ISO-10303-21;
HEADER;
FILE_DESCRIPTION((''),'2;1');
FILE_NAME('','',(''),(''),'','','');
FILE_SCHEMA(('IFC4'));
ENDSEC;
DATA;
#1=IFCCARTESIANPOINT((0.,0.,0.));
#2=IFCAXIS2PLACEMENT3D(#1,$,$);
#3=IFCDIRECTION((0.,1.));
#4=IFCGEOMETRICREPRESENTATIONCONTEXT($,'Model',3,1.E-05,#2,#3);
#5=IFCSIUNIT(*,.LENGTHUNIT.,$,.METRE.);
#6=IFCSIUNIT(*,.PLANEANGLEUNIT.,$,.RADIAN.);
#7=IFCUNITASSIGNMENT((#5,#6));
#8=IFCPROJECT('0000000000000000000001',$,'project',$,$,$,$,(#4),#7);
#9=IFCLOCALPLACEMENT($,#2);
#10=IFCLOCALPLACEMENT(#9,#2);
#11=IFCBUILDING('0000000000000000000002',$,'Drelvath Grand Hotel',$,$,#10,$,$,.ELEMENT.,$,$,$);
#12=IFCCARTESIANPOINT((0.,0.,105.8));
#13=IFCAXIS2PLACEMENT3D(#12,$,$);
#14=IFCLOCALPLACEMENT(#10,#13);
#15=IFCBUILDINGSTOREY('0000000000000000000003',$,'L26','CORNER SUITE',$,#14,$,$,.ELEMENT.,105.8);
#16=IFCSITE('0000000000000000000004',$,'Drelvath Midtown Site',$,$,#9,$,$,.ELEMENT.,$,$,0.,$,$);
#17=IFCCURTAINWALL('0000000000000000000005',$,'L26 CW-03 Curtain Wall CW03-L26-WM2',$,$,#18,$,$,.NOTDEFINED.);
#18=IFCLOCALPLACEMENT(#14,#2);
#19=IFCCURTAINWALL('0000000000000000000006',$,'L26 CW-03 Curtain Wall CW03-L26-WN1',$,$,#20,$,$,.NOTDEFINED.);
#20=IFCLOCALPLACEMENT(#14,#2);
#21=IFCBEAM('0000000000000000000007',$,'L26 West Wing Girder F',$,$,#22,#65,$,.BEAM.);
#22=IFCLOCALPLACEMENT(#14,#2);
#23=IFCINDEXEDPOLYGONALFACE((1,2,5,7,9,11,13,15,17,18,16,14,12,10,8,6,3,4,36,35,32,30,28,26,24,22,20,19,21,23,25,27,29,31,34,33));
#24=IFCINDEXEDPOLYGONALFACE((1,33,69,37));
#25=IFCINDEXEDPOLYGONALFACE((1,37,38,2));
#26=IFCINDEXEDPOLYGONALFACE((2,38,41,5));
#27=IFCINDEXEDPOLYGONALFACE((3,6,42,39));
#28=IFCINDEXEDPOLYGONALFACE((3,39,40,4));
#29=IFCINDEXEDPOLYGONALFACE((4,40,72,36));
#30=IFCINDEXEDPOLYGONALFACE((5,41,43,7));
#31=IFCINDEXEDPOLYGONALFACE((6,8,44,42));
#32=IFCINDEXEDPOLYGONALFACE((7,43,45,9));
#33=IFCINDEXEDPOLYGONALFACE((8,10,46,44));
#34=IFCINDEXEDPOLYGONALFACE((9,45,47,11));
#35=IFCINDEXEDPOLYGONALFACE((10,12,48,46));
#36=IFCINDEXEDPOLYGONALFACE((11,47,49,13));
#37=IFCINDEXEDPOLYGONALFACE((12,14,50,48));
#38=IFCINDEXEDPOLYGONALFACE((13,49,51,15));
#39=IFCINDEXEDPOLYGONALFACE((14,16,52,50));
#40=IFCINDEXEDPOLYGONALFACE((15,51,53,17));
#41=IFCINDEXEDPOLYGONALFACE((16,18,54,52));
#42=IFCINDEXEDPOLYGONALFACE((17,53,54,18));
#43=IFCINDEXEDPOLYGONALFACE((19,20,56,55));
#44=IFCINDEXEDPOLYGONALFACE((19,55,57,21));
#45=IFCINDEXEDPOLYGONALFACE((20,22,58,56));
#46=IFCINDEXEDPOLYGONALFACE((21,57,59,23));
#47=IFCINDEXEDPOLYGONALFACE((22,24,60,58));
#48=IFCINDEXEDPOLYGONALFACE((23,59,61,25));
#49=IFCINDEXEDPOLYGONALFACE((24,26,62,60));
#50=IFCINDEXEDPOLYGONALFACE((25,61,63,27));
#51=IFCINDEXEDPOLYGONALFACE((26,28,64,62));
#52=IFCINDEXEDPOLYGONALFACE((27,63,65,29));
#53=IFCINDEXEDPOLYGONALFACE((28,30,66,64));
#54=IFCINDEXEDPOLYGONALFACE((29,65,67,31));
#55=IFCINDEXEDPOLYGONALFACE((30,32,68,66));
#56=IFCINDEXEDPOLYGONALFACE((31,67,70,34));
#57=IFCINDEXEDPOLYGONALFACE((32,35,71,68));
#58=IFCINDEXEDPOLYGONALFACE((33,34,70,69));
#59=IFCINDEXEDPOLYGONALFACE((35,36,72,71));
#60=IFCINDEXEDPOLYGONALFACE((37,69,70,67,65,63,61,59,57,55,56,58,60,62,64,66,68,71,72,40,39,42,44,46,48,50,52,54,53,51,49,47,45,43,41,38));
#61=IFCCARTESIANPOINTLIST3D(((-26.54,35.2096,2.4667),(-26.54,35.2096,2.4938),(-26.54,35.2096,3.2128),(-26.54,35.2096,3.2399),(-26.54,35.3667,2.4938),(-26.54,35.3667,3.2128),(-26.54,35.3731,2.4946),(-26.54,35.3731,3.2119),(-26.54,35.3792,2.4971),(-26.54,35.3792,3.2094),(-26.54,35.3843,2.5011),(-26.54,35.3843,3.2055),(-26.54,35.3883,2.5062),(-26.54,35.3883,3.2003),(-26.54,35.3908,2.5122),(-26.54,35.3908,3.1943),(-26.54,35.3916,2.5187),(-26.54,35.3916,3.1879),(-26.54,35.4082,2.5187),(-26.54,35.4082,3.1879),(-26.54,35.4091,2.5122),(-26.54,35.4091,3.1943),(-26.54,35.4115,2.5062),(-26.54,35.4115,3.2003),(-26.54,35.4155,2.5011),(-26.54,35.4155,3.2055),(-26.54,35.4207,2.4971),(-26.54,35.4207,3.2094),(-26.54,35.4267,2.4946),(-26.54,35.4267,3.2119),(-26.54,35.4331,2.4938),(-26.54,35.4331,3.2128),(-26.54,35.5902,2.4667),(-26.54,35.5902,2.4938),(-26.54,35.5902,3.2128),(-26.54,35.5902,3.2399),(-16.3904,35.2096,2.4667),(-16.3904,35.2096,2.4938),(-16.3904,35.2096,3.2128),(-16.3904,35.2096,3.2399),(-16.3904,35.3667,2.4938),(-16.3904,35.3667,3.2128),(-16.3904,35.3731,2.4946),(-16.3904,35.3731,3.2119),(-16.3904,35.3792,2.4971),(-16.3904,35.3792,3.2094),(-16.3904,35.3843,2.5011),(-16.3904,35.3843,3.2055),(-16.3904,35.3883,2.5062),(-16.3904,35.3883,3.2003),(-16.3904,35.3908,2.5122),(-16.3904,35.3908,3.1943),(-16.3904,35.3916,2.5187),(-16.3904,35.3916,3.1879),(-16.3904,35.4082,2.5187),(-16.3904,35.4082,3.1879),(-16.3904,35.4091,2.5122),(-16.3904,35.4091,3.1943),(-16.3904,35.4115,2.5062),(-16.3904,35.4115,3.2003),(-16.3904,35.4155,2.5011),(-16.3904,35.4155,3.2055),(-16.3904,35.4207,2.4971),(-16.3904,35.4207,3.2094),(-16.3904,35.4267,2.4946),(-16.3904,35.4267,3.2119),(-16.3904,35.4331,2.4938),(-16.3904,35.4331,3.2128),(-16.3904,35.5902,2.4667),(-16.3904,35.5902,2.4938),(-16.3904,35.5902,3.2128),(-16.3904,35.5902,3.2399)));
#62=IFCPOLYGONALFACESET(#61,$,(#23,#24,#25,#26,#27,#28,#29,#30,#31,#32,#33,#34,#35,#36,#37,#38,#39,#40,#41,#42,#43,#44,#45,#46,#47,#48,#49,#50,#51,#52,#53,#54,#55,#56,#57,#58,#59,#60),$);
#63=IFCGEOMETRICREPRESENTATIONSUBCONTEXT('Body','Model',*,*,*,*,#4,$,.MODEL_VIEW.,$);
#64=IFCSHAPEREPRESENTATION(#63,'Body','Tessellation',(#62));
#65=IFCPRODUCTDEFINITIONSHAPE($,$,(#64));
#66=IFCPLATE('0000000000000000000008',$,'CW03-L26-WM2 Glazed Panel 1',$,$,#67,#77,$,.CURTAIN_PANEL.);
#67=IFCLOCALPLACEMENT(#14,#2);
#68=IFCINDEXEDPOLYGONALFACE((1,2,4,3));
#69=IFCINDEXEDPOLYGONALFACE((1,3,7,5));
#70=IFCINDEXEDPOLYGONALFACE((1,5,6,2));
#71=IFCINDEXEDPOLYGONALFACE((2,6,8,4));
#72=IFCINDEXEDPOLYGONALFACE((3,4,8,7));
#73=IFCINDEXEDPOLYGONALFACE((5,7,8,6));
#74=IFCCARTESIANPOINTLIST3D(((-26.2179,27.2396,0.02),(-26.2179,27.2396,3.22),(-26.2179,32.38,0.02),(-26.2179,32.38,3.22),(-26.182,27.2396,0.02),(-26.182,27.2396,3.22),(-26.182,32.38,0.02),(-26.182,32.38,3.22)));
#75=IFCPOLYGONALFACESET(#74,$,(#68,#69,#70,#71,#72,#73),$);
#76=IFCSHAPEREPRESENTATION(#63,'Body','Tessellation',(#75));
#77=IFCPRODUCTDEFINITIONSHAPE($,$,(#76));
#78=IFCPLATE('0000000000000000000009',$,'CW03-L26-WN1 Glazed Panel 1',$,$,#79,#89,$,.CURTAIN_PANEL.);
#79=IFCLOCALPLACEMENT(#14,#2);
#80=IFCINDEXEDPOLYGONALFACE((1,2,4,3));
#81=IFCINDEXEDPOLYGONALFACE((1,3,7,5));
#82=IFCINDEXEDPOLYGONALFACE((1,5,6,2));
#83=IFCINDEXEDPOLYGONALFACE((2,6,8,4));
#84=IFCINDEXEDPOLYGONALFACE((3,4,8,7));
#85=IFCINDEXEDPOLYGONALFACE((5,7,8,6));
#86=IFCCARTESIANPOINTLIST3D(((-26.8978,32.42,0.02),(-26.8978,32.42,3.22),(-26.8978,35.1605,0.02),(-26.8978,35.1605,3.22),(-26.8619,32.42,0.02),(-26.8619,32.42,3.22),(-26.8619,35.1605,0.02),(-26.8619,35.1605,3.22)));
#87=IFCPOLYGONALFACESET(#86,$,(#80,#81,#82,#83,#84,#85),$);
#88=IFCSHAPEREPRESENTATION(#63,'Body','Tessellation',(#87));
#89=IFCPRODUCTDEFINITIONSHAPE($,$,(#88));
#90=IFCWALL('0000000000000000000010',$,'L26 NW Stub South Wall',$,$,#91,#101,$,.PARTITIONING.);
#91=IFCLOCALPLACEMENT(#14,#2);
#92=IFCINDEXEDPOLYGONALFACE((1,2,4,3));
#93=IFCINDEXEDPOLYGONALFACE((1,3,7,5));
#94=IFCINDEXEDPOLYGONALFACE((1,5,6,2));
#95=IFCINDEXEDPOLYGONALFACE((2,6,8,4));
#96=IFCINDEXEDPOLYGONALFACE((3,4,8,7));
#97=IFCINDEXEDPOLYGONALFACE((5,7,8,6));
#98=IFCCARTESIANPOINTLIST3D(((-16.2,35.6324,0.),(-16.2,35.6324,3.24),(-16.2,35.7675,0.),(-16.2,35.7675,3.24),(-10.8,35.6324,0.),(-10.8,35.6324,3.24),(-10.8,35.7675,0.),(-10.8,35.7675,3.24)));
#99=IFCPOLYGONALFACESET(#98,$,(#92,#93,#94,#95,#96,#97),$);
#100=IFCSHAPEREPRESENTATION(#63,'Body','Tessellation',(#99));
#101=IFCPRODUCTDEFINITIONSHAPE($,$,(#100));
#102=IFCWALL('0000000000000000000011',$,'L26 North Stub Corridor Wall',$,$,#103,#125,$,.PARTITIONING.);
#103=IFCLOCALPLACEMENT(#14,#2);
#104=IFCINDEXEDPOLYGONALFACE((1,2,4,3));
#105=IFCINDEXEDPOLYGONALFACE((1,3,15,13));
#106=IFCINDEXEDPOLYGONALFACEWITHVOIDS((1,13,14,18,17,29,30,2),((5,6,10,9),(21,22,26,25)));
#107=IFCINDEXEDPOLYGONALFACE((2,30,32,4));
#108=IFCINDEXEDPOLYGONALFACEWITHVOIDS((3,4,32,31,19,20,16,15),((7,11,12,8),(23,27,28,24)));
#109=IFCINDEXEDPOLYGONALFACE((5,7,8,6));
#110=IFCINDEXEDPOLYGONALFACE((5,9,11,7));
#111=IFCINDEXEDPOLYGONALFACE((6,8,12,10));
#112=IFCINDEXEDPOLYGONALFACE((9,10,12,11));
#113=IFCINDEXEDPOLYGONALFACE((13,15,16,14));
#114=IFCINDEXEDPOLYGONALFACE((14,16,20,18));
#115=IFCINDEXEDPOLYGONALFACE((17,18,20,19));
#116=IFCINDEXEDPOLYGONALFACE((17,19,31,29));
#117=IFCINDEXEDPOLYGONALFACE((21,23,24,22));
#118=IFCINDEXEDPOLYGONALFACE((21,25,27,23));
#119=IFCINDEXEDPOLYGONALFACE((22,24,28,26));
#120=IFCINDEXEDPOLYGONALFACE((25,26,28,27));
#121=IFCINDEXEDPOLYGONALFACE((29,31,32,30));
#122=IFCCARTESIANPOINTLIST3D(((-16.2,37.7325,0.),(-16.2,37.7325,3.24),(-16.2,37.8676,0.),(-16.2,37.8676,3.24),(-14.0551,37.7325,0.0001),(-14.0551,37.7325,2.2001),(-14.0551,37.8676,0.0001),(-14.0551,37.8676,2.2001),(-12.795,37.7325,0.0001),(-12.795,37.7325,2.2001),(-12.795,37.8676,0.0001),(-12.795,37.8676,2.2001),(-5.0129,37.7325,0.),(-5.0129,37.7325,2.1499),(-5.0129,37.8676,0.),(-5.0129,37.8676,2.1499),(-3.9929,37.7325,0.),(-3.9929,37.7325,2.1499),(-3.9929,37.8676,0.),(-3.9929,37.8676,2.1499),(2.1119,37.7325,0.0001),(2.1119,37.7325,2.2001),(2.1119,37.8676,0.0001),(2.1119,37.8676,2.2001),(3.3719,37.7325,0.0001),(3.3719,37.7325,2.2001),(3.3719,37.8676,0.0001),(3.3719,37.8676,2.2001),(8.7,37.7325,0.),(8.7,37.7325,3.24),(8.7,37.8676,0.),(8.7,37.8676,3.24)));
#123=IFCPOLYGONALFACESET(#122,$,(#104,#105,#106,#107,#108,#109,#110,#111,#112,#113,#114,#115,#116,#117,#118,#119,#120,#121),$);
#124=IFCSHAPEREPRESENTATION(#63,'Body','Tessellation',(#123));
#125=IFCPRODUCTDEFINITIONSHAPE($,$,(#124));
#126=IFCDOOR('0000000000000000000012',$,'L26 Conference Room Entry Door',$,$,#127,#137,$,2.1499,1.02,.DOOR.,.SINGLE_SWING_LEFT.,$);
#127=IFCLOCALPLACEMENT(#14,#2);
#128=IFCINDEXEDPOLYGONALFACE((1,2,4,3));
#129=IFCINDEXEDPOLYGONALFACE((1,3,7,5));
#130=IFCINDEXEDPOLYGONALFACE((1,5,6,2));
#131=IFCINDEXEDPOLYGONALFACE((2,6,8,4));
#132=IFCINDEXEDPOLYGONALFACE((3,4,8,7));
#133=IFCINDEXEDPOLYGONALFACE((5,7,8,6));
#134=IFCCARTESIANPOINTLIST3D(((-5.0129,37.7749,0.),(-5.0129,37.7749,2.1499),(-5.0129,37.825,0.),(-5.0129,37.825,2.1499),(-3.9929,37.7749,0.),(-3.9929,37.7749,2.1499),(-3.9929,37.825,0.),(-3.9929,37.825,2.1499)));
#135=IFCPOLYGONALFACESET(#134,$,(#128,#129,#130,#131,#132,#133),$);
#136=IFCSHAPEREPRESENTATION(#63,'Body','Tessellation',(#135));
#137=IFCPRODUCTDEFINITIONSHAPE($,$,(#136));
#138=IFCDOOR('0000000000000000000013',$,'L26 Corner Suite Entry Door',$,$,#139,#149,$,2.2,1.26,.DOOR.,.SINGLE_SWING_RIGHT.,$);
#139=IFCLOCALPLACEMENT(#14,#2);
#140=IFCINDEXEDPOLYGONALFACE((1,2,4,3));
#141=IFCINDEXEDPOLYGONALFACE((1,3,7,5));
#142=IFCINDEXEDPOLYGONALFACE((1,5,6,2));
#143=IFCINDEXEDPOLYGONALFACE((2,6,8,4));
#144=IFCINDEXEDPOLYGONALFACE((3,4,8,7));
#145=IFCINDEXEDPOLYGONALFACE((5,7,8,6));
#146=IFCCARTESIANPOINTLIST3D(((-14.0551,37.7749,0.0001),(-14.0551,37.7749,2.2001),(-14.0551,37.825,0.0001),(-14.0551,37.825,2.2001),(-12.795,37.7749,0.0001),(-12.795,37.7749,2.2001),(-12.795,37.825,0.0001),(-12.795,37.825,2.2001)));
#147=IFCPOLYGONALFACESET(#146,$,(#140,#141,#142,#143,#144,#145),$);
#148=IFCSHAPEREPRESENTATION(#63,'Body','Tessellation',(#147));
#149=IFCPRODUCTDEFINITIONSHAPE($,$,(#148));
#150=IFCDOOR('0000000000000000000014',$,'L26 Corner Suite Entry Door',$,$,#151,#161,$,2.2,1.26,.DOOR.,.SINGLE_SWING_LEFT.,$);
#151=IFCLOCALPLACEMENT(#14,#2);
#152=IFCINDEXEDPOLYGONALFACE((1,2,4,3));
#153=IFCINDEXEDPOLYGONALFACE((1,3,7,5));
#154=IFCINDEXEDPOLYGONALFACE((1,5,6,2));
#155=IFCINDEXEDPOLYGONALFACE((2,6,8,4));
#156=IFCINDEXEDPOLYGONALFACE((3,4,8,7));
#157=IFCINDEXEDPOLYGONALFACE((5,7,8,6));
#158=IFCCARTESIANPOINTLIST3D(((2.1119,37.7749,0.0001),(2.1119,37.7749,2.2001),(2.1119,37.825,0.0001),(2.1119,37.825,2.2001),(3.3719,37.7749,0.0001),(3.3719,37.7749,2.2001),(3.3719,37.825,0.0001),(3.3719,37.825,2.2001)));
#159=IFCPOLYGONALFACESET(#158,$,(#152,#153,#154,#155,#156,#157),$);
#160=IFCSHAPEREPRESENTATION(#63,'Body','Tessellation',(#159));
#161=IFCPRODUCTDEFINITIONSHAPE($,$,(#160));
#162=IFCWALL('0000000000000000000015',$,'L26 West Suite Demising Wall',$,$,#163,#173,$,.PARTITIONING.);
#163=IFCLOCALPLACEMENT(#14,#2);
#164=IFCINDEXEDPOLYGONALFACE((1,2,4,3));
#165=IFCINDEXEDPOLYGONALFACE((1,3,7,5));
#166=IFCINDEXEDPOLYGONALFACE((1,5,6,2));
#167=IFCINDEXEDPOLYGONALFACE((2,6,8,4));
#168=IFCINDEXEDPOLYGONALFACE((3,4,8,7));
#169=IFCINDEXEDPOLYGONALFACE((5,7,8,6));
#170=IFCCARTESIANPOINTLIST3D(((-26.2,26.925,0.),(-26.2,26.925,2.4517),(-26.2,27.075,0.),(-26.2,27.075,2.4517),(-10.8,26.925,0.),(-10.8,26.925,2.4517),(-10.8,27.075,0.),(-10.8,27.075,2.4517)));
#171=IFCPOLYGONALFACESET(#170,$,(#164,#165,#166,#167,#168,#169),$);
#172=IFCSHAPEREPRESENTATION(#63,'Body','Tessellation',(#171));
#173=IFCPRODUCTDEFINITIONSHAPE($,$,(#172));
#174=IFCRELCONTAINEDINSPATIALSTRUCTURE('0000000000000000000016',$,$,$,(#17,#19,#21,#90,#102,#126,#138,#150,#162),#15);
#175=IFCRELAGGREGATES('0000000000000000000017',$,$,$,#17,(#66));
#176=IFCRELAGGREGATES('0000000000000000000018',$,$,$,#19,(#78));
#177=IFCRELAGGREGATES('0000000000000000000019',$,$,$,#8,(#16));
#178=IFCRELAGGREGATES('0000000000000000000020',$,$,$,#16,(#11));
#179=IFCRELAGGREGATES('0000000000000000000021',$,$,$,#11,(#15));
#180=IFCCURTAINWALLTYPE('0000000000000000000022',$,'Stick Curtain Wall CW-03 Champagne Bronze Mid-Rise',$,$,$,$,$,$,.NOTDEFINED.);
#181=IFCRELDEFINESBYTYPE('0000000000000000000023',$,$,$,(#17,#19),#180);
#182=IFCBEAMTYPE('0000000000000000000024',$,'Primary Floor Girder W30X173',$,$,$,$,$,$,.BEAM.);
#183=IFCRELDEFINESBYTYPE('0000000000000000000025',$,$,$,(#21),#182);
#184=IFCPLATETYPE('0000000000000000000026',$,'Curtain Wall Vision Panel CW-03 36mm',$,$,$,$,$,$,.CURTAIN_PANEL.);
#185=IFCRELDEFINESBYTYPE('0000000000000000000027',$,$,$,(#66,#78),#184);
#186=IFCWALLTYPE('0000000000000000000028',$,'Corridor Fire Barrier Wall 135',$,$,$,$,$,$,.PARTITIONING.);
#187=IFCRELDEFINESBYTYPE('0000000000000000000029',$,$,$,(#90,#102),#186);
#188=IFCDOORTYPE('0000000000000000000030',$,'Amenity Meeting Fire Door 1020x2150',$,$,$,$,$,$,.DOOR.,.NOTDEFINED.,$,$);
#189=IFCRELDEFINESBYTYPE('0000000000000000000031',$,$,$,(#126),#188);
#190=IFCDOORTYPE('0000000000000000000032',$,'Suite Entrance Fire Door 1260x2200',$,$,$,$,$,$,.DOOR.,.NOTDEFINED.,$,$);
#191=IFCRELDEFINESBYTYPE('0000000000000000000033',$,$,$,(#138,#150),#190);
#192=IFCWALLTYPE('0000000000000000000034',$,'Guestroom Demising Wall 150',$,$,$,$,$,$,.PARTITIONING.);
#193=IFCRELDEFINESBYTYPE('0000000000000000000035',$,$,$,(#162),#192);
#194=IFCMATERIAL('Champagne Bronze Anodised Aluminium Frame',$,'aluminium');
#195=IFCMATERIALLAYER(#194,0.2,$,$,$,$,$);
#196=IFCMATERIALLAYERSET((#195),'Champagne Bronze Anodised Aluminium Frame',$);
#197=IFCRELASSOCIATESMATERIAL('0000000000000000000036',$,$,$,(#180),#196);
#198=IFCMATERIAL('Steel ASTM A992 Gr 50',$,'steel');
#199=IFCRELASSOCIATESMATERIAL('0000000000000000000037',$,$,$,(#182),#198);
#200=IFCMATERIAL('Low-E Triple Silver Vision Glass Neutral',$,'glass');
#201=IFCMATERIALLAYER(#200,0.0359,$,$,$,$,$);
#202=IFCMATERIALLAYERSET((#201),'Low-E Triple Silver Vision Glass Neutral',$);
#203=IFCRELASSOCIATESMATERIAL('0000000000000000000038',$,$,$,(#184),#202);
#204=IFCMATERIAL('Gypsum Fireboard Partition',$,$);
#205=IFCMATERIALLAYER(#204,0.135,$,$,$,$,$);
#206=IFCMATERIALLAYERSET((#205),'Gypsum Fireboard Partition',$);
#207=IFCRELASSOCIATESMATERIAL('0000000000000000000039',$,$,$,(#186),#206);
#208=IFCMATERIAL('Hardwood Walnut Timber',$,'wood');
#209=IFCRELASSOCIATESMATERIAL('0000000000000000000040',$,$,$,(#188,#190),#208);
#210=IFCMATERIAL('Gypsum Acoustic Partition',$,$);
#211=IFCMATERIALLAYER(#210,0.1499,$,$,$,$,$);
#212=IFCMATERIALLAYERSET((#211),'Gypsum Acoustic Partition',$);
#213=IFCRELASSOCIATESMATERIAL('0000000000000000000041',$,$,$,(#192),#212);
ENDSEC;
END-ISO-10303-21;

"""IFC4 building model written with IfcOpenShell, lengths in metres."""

from ifc_helpers import new_model, si_unit, direction, frame, frame_2d, origin, origin_2d, place, context, subcontext, project, spatial, rectangle, i_section, extrude, material, layer, layer_set, material_profile, profile_set, type_object, element, fill, aggregate, save


model = new_model("IFC4")

# Units and contexts
model_context = context("Model", 3, precision=1e-05, world=origin(), true_north=direction((0.0, 1.0)))
body_context = subcontext(model_context, "Body", "Model", "MODEL_VIEW")
ifc_project = project(units=[si_unit("LENGTHUNIT", "METRE"), si_unit("PLANEANGLEUNIT", "RADIAN")], contexts=[model_context])

# Site, building, storey
site_placement = place(None, origin())
site = spatial("IfcSite", under=ifc_project, at=site_placement, Name="Drelvath Midtown Site", CompositionType="ELEMENT", RefElevation=0.0)
building_placement = place(site_placement, origin())
building = spatial("IfcBuilding", under=site, at=building_placement, Name="Drelvath Grand Hotel", CompositionType="ELEMENT")
storey_placement = place(building_placement, frame((0.0, 0.0, 105.8)))
storey = spatial("IfcBuildingStorey", under=building, at=storey_placement, Name="L26", Description="CORNER SUITE", CompositionType="ELEMENT", Elevation=105.8)

# Curtain walls
ifc_material_1 = material(Name="Champagne Bronze Anodised Aluminium Frame", Category="aluminium")
ifc_layer_1 = layer(ifc_material_1, 0.2)
ifc_layer_set_1 = layer_set([ifc_layer_1], Name="Champagne Bronze Anodised Aluminium Frame")
curtain_wall_type = type_object("IfcCurtainWallType", Name="Stick Curtain Wall CW-03 Champagne Bronze Mid-Rise", PredefinedType="NOTDEFINED", material=ifc_layer_set_1)
curtain_wall_1_placement = place(storey_placement, origin())
curtain_wall_1 = element("IfcCurtainWall", 1, at=curtain_wall_1_placement, inside=storey, type_object=curtain_wall_type, Name="L26 CW-03 Curtain Wall CW03-L26-WM2", PredefinedType="NOTDEFINED")
curtain_wall_2_placement = place(storey_placement, origin())
curtain_wall_2 = element("IfcCurtainWall", 2, at=curtain_wall_2_placement, inside=storey, type_object=curtain_wall_type, Name="L26 CW-03 Curtain Wall CW03-L26-WN1", PredefinedType="NOTDEFINED")

# Beam
ifc_material_2 = material(Name="Steel ASTM A992 Gr 50", Category="steel")
ifc_material_profile_1 = material_profile(ifc_material_2, i_section(OverallWidth=0.3806, OverallDepth=0.7732, WebThickness=0.0166, FlangeThickness=0.0271, FilletRadius=0.0249, at=origin_2d()), Name="W30X173")
ifc_profile_set_1 = profile_set([ifc_material_profile_1], Name="Steel ASTM A992 Gr 50")
beam_type_1 = type_object("IfcBeamType", Name="Primary Floor Girder W30X173", PredefinedType="BEAM", material=ifc_profile_set_1)
beam_1_placement = place(storey_placement, frame((-26.54, 35.3999, 2.8533), z_axis=(1.0, 0.0, 0.0), x_axis=(0.0, 1.0, 0.0)))
element("IfcBeam", 3, at=beam_1_placement, inside=storey, type_object=beam_type_1, Name="L26 West Wing Girder F", PredefinedType="BEAM", context=body_context, shape_type="SweptSolid", body=[
    extrude(i_section(OverallWidth=0.3806, OverallDepth=0.7732, WebThickness=0.0166, FlangeThickness=0.0271, FilletRadius=0.0249, at=origin_2d()), origin(), (0.0, 0.0, 1.0), 10.1497),
])

# Plates
ifc_material_3 = material(Name="Low-E Triple Silver Vision Glass Neutral", Category="glass")
ifc_layer_2 = layer(ifc_material_3, 0.0359)
ifc_layer_set_2 = layer_set([ifc_layer_2], Name="Low-E Triple Silver Vision Glass Neutral")
plate_type = type_object("IfcPlateType", Name="Curtain Wall Vision Panel CW-03 36mm", PredefinedType="CURTAIN_PANEL", material=ifc_layer_set_2)
plate_1_placement = place(storey_placement, frame((-26.2, 29.8098, 0.02), z_axis=(0.0, 0.0, 1.0), x_axis=(0.0, 1.0, 0.0)))
plate_1 = element("IfcPlate", 4, at=plate_1_placement, type_object=plate_type, Name="CW03-L26-WM2 Glazed Panel 1", PredefinedType="CURTAIN_PANEL", context=body_context, shape_type="SweptSolid", body=[
    extrude(rectangle(XDim=5.1404, YDim=0.0359, at=origin_2d()), origin(), (0.0, 0.0, 1.0), 3.2),
])
aggregate(curtain_wall_1, [plate_1])
plate_2_placement = place(storey_placement, frame((-26.8799, 33.7903, 0.02), z_axis=(0.0, 0.0, 1.0), x_axis=(0.0, 1.0, 0.0)))
plate_2 = element("IfcPlate", 5, at=plate_2_placement, type_object=plate_type, Name="CW03-L26-WN1 Glazed Panel 1", PredefinedType="CURTAIN_PANEL", context=body_context, shape_type="SweptSolid", body=[
    extrude(rectangle(XDim=2.7405, YDim=0.0359, at=origin_2d()), origin(), (0.0, 0.0, 1.0), 3.2),
])
aggregate(curtain_wall_2, [plate_2])

# Wall
ifc_material_4 = material(Name="Gypsum Fireboard Partition")
ifc_layer_3 = layer(ifc_material_4, 0.135)
ifc_layer_set_3 = layer_set([ifc_layer_3], Name="Gypsum Fireboard Partition")
wall_type_1 = type_object("IfcWallType", Name="Corridor Fire Barrier Wall 135", PredefinedType="PARTITIONING", material=ifc_layer_set_3)
wall_1_placement = place(storey_placement, frame((-16.2, 35.7, 0.0), z_axis=(0.0, 0.0, 1.0), x_axis=(1.0, 0.0, 0.0)))
element("IfcWall", 6, at=wall_1_placement, inside=storey, type_object=wall_type_1, Name="L26 NW Stub South Wall", PredefinedType="PARTITIONING", context=body_context, shape_type="SweptSolid", body=[
    extrude(rectangle(XDim=5.3999, YDim=0.135, at=frame_2d((2.7, 0.0))), origin(), (0.0, 0.0, 1.0), 3.24),
])

# Wall, openings, doors
wall_2_placement = place(storey_placement, frame((-16.2, 37.8, 0.0), z_axis=(0.0, 0.0, 1.0), x_axis=(1.0, 0.0, 0.0)))
wall_2 = element("IfcWall", 7, at=wall_2_placement, inside=storey, type_object=wall_type_1, Name="L26 North Stub Corridor Wall", PredefinedType="PARTITIONING", context=body_context, shape_type="SweptSolid", body=[
    extrude(rectangle(XDim=24.8999, YDim=0.135, at=frame_2d((12.45, 0.0))), origin(), (0.0, 0.0, 1.0), 3.24),
])
opening_1_placement = place(wall_2_placement, frame((2.145, 0.0, 0.0)))
opening_1 = element("IfcOpeningElement", 8, at=opening_1_placement, cuts=wall_2, PredefinedType="OPENING", context=body_context, shape_type="SweptSolid", body=[
    extrude(rectangle(XDim=1.26, YDim=2.2, at=frame_2d((0.6299, 1.1001))), frame((0.0, 0.0774, 0.0), z_axis=(0.0, -1.0, 0.0), x_axis=(1.0, 0.0, 0.0)), (0.0, 0.0, 1.0), 0.155),
])
opening_2_placement = place(wall_2_placement, frame((11.187, 0.0, 0.0)))
opening_2 = element("IfcOpeningElement", 9, at=opening_2_placement, cuts=wall_2, PredefinedType="OPENING", context=body_context, shape_type="SweptSolid", body=[
    extrude(rectangle(XDim=1.02, YDim=2.1499, at=frame_2d((0.51, 1.075))), frame((0.0, 0.0774, 0.0), z_axis=(0.0, -1.0, 0.0), x_axis=(1.0, 0.0, 0.0)), (0.0, 0.0, 1.0), 0.155),
])
opening_3_placement = place(wall_2_placement, frame((18.312, 0.0, 0.0)))
opening_3 = element("IfcOpeningElement", 10, at=opening_3_placement, cuts=wall_2, PredefinedType="OPENING", context=body_context, shape_type="SweptSolid", body=[
    extrude(rectangle(XDim=1.26, YDim=2.2, at=frame_2d((0.6299, 1.1001))), frame((0.0, 0.0774, 0.0), z_axis=(0.0, -1.0, 0.0), x_axis=(1.0, 0.0, 0.0)), (0.0, 0.0, 1.0), 0.155),
])
ifc_material_5 = material(Name="Hardwood Walnut Timber", Category="wood")
door_type_1 = type_object("IfcDoorType", Name="Amenity Meeting Fire Door 1020x2150", OperationType="NOTDEFINED", PredefinedType="DOOR", material=ifc_material_5)
door_1_placement = place(opening_2_placement, origin())
door_1 = element("IfcDoor", 11, at=door_1_placement, inside=storey, type_object=door_type_1, Name="L26 Conference Room Entry Door", OperationType="SINGLE_SWING_LEFT", OverallHeight=2.1499, OverallWidth=1.02, PredefinedType="DOOR", context=body_context, shape_type="SweptSolid", body=[
    extrude(rectangle(XDim=1.02, YDim=2.1499, at=frame_2d((0.51, 1.075))), frame((0.0, 0.0249, 0.0), z_axis=(0.0, -1.0, 0.0), x_axis=(1.0, 0.0, 0.0)), (0.0, 0.0, 1.0), 0.05),
])
fill(opening_2, door_1)
door_type_2 = type_object("IfcDoorType", Name="Suite Entrance Fire Door 1260x2200", OperationType="NOTDEFINED", PredefinedType="DOOR", material=ifc_material_5)
door_2_placement = place(opening_1_placement, origin())
door_2 = element("IfcDoor", 12, at=door_2_placement, inside=storey, type_object=door_type_2, Name="L26 Corner Suite Entry Door", OperationType="SINGLE_SWING_RIGHT", OverallHeight=2.2, OverallWidth=1.26, PredefinedType="DOOR", context=body_context, shape_type="SweptSolid", body=[
    extrude(rectangle(XDim=1.26, YDim=2.2, at=frame_2d((0.6299, 1.1001))), frame((0.0, 0.0249, 0.0), z_axis=(0.0, -1.0, 0.0), x_axis=(1.0, 0.0, 0.0)), (0.0, 0.0, 1.0), 0.05),
])
fill(opening_1, door_2)
door_3_placement = place(opening_3_placement, origin())
door_3 = element("IfcDoor", 13, at=door_3_placement, inside=storey, type_object=door_type_2, Name="L26 Corner Suite Entry Door", OperationType="SINGLE_SWING_LEFT", OverallHeight=2.2, OverallWidth=1.26, PredefinedType="DOOR", context=body_context, shape_type="SweptSolid", body=[
    extrude(rectangle(XDim=1.26, YDim=2.2, at=frame_2d((0.6299, 1.1001))), frame((0.0, 0.0249, 0.0), z_axis=(0.0, -1.0, 0.0), x_axis=(1.0, 0.0, 0.0)), (0.0, 0.0, 1.0), 0.05),
])
fill(opening_3, door_3)

# Wall
ifc_material_6 = material(Name="Gypsum Acoustic Partition")
ifc_layer_4 = layer(ifc_material_6, 0.1499)
ifc_layer_set_4 = layer_set([ifc_layer_4], Name="Gypsum Acoustic Partition")
wall_type_2 = type_object("IfcWallType", Name="Guestroom Demising Wall 150", PredefinedType="PARTITIONING", material=ifc_layer_set_4)
wall_3_placement = place(storey_placement, frame((-26.2, 27.0, 0.0), z_axis=(0.0, 0.0, 1.0), x_axis=(1.0, 0.0, 0.0)))
element("IfcWall", 14, at=wall_3_placement, inside=storey, type_object=wall_type_2, Name="L26 West Suite Demising Wall", PredefinedType="PARTITIONING", context=body_context, shape_type="SweptSolid", body=[
    extrude(rectangle(XDim=15.3999, YDim=0.1499, at=frame_2d((7.7, 0.0))), origin(), (0.0, 0.0, 1.0), 2.4517),
])

save(model, "model.ifc")
